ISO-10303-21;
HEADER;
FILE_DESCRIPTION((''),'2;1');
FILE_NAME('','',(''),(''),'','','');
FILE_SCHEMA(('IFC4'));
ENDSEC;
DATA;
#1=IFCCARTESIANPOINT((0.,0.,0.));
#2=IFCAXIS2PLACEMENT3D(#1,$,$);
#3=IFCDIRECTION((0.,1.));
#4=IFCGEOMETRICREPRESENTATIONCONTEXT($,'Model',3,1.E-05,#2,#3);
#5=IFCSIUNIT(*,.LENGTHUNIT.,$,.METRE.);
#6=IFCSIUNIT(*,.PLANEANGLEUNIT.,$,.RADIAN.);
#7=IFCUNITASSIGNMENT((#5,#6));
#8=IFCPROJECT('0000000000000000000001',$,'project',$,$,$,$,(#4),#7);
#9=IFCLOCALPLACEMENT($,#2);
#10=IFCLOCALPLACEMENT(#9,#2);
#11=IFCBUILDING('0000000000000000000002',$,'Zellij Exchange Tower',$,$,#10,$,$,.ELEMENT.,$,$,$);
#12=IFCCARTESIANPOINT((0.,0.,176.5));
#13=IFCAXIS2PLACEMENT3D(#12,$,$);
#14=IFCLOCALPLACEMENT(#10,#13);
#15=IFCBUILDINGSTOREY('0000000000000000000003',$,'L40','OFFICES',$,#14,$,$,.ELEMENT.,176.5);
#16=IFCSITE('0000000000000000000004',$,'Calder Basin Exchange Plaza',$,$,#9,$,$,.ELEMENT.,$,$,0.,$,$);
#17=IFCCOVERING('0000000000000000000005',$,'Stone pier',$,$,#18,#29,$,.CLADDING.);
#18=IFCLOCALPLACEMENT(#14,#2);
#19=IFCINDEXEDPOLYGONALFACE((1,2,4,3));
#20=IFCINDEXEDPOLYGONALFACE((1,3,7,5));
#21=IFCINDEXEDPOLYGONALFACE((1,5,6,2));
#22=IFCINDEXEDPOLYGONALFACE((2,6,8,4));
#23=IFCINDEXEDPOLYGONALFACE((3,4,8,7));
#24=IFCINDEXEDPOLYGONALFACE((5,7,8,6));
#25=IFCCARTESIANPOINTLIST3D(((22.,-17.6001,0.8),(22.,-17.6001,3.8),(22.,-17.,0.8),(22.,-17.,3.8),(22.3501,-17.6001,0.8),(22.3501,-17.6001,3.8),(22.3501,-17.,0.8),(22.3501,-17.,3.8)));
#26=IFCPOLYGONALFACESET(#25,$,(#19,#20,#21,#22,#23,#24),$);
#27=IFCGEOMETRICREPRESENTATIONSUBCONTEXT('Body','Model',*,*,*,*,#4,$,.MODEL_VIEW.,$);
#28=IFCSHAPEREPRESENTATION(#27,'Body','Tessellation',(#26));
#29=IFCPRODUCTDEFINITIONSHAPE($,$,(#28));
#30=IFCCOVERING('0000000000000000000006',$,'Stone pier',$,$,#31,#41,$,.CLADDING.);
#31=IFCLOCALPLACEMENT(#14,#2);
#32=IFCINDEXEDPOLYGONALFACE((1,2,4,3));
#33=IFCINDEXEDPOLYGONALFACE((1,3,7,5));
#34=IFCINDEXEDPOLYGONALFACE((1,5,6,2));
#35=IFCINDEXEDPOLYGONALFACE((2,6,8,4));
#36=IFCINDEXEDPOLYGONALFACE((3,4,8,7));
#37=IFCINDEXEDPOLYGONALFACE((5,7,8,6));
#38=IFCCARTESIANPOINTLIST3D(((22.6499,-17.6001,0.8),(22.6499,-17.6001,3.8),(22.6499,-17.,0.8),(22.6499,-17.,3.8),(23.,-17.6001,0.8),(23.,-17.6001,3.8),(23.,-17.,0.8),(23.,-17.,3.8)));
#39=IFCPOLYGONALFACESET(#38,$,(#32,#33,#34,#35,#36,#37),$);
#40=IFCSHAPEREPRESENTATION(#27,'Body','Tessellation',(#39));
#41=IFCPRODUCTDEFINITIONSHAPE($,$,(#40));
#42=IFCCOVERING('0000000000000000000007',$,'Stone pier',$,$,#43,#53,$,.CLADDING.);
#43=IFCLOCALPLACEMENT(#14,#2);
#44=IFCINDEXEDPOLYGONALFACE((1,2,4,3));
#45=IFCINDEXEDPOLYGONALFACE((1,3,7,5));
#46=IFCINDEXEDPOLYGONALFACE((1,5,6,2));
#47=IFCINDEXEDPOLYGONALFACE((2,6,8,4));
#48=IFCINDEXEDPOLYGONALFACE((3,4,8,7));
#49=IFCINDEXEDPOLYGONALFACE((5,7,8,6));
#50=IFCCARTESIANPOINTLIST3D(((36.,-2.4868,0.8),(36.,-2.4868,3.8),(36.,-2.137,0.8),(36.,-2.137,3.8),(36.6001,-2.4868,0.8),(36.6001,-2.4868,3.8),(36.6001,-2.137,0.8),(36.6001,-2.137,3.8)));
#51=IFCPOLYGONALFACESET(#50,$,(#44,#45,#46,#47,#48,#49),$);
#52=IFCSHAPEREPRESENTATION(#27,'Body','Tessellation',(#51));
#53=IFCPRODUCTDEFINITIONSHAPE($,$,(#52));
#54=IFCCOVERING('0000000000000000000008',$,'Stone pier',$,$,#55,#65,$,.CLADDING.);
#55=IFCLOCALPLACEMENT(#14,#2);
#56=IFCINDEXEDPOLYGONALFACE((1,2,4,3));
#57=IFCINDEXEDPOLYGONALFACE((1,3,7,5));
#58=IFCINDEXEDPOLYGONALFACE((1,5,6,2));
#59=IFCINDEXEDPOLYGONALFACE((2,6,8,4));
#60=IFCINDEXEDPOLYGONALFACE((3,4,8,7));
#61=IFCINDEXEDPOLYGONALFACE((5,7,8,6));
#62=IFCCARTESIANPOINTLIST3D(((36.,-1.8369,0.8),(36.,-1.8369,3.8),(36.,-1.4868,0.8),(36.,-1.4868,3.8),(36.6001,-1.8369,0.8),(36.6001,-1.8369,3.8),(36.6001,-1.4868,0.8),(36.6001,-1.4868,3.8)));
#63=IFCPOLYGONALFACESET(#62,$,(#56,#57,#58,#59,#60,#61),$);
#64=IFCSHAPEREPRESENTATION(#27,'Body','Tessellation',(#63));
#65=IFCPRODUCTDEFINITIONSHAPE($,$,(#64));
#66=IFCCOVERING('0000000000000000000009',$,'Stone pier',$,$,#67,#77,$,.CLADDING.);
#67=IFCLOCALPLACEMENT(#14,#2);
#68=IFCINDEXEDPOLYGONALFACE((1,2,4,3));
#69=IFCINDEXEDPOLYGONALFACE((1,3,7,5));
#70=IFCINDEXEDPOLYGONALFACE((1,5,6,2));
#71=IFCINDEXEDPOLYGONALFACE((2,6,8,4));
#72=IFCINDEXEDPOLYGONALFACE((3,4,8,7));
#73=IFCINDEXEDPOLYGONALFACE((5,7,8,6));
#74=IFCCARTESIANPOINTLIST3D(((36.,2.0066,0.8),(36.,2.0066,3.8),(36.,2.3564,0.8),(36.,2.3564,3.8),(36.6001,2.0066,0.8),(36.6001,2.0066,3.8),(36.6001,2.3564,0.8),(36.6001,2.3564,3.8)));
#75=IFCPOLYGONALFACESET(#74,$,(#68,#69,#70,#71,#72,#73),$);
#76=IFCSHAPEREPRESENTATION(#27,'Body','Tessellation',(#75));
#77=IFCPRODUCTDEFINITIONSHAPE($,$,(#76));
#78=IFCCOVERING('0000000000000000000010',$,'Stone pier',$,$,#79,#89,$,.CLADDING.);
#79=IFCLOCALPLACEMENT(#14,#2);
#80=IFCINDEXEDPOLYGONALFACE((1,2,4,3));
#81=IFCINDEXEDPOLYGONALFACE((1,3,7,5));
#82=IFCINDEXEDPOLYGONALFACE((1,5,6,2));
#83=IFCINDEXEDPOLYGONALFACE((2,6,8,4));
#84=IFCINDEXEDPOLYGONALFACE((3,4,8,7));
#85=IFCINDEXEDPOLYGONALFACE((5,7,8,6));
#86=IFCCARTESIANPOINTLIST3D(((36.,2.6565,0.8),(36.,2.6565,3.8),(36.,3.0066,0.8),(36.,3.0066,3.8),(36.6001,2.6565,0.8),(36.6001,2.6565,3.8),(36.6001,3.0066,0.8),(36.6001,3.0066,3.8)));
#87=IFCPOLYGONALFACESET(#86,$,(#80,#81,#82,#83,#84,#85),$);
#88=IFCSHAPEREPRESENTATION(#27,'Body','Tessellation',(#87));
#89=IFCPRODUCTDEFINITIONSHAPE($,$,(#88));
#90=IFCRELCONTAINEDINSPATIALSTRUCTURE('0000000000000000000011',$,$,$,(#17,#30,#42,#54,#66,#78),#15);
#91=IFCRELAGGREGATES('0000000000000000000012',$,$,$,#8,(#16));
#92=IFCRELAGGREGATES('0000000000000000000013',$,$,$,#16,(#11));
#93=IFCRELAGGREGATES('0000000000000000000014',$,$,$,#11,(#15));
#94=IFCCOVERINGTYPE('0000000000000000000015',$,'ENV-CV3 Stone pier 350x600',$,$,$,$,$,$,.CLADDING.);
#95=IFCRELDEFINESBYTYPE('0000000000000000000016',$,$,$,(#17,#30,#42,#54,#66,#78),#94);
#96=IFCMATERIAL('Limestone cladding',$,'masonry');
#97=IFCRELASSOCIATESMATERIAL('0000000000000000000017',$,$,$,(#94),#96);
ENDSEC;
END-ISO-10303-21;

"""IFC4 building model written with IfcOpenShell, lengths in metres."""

from ifc_helpers import new_model, si_unit, direction, frame, origin, place, context, subcontext, project, spatial, polyline, outline, extrude, material, type_object, element, save


model = new_model("IFC4")

# Units and contexts
model_context = context("Model", 3, precision=1e-05, world=origin(), true_north=direction((0.0, 1.0)))
body_context = subcontext(model_context, "Body", "Model", "MODEL_VIEW")
ifc_project = project(units=[si_unit("LENGTHUNIT", "METRE"), si_unit("PLANEANGLEUNIT", "RADIAN")], contexts=[model_context])

# Site, building, storey
site_placement = place(None, origin())
site = spatial("IfcSite", under=ifc_project, at=site_placement, Name="Calder Basin Exchange Plaza", CompositionType="ELEMENT", RefElevation=0.0)
building_placement = place(site_placement, origin())
building = spatial("IfcBuilding", under=site, at=building_placement, Name="Zellij Exchange Tower", CompositionType="ELEMENT")
storey_placement = place(building_placement, frame((0.0, 0.0, 176.5)))
storey = spatial("IfcBuildingStorey", under=building, at=storey_placement, Name="L40", Description="OFFICES", CompositionType="ELEMENT", Elevation=176.5)

# Coverings
ifc_material_1 = material(Name="Limestone cladding", Category="masonry")
covering_type = type_object("IfcCoveringType", Name="ENV-CV3 Stone pier 350x600", PredefinedType="CLADDING", material=ifc_material_1)
covering_1_placement = place(storey_placement, frame((0.0, 0.0, 0.8)))
element("IfcCovering", 1, at=covering_1_placement, inside=storey, type_object=covering_type, Name="Stone pier", PredefinedType="CLADDING", context=body_context, shape_type="SweptSolid", body=[
    extrude(outline(polyline([(22.0, -17.0), (22.3501, -17.0), (22.3501, -17.6001), (22.0, -17.6001), (22.0, -17.0)])), origin(), (0.0, 0.0, 1.0), 3.0),
])
covering_2_placement = place(storey_placement, frame((0.0, 0.0, 0.8)))
element("IfcCovering", 2, at=covering_2_placement, inside=storey, type_object=covering_type, Name="Stone pier", PredefinedType="CLADDING", context=body_context, shape_type="SweptSolid", body=[
    extrude(outline(polyline([(22.6499, -17.0), (23.0, -17.0), (23.0, -17.6001), (22.6499, -17.6001), (22.6499, -17.0)])), origin(), (0.0, 0.0, 1.0), 3.0),
])
covering_3_placement = place(storey_placement, frame((0.0, 0.0, 0.8)))
element("IfcCovering", 3, at=covering_3_placement, inside=storey, type_object=covering_type, Name="Stone pier", PredefinedType="CLADDING", context=body_context, shape_type="SweptSolid", body=[
    extrude(outline(polyline([(36.0, -2.4868), (36.0, -2.137), (36.6001, -2.137), (36.6001, -2.4868), (36.0, -2.4868)])), origin(), (0.0, 0.0, 1.0), 3.0),
])
covering_4_placement = place(storey_placement, frame((0.0, 0.0, 0.8)))
element("IfcCovering", 4, at=covering_4_placement, inside=storey, type_object=covering_type, Name="Stone pier", PredefinedType="CLADDING", context=body_context, shape_type="SweptSolid", body=[
    extrude(outline(polyline([(36.0, -1.8369), (36.0, -1.4868), (36.6001, -1.4868), (36.6001, -1.8369), (36.0, -1.8369)])), origin(), (0.0, 0.0, 1.0), 3.0),
])
covering_5_placement = place(storey_placement, frame((0.0, 0.0, 0.8)))
element("IfcCovering", 5, at=covering_5_placement, inside=storey, type_object=covering_type, Name="Stone pier", PredefinedType="CLADDING", context=body_context, shape_type="SweptSolid", body=[
    extrude(outline(polyline([(36.0, 2.0066), (36.0, 2.3564), (36.6001, 2.3564), (36.6001, 2.0066), (36.0, 2.0066)])), origin(), (0.0, 0.0, 1.0), 3.0),
])
covering_6_placement = place(storey_placement, frame((0.0, 0.0, 0.8)))
element("IfcCovering", 6, at=covering_6_placement, inside=storey, type_object=covering_type, Name="Stone pier", PredefinedType="CLADDING", context=body_context, shape_type="SweptSolid", body=[
    extrude(outline(polyline([(36.0, 2.6565), (36.0, 3.0066), (36.6001, 3.0066), (36.6001, 2.6565), (36.0, 2.6565)])), origin(), (0.0, 0.0, 1.0), 3.0),
])

save(model, "model.ifc")
